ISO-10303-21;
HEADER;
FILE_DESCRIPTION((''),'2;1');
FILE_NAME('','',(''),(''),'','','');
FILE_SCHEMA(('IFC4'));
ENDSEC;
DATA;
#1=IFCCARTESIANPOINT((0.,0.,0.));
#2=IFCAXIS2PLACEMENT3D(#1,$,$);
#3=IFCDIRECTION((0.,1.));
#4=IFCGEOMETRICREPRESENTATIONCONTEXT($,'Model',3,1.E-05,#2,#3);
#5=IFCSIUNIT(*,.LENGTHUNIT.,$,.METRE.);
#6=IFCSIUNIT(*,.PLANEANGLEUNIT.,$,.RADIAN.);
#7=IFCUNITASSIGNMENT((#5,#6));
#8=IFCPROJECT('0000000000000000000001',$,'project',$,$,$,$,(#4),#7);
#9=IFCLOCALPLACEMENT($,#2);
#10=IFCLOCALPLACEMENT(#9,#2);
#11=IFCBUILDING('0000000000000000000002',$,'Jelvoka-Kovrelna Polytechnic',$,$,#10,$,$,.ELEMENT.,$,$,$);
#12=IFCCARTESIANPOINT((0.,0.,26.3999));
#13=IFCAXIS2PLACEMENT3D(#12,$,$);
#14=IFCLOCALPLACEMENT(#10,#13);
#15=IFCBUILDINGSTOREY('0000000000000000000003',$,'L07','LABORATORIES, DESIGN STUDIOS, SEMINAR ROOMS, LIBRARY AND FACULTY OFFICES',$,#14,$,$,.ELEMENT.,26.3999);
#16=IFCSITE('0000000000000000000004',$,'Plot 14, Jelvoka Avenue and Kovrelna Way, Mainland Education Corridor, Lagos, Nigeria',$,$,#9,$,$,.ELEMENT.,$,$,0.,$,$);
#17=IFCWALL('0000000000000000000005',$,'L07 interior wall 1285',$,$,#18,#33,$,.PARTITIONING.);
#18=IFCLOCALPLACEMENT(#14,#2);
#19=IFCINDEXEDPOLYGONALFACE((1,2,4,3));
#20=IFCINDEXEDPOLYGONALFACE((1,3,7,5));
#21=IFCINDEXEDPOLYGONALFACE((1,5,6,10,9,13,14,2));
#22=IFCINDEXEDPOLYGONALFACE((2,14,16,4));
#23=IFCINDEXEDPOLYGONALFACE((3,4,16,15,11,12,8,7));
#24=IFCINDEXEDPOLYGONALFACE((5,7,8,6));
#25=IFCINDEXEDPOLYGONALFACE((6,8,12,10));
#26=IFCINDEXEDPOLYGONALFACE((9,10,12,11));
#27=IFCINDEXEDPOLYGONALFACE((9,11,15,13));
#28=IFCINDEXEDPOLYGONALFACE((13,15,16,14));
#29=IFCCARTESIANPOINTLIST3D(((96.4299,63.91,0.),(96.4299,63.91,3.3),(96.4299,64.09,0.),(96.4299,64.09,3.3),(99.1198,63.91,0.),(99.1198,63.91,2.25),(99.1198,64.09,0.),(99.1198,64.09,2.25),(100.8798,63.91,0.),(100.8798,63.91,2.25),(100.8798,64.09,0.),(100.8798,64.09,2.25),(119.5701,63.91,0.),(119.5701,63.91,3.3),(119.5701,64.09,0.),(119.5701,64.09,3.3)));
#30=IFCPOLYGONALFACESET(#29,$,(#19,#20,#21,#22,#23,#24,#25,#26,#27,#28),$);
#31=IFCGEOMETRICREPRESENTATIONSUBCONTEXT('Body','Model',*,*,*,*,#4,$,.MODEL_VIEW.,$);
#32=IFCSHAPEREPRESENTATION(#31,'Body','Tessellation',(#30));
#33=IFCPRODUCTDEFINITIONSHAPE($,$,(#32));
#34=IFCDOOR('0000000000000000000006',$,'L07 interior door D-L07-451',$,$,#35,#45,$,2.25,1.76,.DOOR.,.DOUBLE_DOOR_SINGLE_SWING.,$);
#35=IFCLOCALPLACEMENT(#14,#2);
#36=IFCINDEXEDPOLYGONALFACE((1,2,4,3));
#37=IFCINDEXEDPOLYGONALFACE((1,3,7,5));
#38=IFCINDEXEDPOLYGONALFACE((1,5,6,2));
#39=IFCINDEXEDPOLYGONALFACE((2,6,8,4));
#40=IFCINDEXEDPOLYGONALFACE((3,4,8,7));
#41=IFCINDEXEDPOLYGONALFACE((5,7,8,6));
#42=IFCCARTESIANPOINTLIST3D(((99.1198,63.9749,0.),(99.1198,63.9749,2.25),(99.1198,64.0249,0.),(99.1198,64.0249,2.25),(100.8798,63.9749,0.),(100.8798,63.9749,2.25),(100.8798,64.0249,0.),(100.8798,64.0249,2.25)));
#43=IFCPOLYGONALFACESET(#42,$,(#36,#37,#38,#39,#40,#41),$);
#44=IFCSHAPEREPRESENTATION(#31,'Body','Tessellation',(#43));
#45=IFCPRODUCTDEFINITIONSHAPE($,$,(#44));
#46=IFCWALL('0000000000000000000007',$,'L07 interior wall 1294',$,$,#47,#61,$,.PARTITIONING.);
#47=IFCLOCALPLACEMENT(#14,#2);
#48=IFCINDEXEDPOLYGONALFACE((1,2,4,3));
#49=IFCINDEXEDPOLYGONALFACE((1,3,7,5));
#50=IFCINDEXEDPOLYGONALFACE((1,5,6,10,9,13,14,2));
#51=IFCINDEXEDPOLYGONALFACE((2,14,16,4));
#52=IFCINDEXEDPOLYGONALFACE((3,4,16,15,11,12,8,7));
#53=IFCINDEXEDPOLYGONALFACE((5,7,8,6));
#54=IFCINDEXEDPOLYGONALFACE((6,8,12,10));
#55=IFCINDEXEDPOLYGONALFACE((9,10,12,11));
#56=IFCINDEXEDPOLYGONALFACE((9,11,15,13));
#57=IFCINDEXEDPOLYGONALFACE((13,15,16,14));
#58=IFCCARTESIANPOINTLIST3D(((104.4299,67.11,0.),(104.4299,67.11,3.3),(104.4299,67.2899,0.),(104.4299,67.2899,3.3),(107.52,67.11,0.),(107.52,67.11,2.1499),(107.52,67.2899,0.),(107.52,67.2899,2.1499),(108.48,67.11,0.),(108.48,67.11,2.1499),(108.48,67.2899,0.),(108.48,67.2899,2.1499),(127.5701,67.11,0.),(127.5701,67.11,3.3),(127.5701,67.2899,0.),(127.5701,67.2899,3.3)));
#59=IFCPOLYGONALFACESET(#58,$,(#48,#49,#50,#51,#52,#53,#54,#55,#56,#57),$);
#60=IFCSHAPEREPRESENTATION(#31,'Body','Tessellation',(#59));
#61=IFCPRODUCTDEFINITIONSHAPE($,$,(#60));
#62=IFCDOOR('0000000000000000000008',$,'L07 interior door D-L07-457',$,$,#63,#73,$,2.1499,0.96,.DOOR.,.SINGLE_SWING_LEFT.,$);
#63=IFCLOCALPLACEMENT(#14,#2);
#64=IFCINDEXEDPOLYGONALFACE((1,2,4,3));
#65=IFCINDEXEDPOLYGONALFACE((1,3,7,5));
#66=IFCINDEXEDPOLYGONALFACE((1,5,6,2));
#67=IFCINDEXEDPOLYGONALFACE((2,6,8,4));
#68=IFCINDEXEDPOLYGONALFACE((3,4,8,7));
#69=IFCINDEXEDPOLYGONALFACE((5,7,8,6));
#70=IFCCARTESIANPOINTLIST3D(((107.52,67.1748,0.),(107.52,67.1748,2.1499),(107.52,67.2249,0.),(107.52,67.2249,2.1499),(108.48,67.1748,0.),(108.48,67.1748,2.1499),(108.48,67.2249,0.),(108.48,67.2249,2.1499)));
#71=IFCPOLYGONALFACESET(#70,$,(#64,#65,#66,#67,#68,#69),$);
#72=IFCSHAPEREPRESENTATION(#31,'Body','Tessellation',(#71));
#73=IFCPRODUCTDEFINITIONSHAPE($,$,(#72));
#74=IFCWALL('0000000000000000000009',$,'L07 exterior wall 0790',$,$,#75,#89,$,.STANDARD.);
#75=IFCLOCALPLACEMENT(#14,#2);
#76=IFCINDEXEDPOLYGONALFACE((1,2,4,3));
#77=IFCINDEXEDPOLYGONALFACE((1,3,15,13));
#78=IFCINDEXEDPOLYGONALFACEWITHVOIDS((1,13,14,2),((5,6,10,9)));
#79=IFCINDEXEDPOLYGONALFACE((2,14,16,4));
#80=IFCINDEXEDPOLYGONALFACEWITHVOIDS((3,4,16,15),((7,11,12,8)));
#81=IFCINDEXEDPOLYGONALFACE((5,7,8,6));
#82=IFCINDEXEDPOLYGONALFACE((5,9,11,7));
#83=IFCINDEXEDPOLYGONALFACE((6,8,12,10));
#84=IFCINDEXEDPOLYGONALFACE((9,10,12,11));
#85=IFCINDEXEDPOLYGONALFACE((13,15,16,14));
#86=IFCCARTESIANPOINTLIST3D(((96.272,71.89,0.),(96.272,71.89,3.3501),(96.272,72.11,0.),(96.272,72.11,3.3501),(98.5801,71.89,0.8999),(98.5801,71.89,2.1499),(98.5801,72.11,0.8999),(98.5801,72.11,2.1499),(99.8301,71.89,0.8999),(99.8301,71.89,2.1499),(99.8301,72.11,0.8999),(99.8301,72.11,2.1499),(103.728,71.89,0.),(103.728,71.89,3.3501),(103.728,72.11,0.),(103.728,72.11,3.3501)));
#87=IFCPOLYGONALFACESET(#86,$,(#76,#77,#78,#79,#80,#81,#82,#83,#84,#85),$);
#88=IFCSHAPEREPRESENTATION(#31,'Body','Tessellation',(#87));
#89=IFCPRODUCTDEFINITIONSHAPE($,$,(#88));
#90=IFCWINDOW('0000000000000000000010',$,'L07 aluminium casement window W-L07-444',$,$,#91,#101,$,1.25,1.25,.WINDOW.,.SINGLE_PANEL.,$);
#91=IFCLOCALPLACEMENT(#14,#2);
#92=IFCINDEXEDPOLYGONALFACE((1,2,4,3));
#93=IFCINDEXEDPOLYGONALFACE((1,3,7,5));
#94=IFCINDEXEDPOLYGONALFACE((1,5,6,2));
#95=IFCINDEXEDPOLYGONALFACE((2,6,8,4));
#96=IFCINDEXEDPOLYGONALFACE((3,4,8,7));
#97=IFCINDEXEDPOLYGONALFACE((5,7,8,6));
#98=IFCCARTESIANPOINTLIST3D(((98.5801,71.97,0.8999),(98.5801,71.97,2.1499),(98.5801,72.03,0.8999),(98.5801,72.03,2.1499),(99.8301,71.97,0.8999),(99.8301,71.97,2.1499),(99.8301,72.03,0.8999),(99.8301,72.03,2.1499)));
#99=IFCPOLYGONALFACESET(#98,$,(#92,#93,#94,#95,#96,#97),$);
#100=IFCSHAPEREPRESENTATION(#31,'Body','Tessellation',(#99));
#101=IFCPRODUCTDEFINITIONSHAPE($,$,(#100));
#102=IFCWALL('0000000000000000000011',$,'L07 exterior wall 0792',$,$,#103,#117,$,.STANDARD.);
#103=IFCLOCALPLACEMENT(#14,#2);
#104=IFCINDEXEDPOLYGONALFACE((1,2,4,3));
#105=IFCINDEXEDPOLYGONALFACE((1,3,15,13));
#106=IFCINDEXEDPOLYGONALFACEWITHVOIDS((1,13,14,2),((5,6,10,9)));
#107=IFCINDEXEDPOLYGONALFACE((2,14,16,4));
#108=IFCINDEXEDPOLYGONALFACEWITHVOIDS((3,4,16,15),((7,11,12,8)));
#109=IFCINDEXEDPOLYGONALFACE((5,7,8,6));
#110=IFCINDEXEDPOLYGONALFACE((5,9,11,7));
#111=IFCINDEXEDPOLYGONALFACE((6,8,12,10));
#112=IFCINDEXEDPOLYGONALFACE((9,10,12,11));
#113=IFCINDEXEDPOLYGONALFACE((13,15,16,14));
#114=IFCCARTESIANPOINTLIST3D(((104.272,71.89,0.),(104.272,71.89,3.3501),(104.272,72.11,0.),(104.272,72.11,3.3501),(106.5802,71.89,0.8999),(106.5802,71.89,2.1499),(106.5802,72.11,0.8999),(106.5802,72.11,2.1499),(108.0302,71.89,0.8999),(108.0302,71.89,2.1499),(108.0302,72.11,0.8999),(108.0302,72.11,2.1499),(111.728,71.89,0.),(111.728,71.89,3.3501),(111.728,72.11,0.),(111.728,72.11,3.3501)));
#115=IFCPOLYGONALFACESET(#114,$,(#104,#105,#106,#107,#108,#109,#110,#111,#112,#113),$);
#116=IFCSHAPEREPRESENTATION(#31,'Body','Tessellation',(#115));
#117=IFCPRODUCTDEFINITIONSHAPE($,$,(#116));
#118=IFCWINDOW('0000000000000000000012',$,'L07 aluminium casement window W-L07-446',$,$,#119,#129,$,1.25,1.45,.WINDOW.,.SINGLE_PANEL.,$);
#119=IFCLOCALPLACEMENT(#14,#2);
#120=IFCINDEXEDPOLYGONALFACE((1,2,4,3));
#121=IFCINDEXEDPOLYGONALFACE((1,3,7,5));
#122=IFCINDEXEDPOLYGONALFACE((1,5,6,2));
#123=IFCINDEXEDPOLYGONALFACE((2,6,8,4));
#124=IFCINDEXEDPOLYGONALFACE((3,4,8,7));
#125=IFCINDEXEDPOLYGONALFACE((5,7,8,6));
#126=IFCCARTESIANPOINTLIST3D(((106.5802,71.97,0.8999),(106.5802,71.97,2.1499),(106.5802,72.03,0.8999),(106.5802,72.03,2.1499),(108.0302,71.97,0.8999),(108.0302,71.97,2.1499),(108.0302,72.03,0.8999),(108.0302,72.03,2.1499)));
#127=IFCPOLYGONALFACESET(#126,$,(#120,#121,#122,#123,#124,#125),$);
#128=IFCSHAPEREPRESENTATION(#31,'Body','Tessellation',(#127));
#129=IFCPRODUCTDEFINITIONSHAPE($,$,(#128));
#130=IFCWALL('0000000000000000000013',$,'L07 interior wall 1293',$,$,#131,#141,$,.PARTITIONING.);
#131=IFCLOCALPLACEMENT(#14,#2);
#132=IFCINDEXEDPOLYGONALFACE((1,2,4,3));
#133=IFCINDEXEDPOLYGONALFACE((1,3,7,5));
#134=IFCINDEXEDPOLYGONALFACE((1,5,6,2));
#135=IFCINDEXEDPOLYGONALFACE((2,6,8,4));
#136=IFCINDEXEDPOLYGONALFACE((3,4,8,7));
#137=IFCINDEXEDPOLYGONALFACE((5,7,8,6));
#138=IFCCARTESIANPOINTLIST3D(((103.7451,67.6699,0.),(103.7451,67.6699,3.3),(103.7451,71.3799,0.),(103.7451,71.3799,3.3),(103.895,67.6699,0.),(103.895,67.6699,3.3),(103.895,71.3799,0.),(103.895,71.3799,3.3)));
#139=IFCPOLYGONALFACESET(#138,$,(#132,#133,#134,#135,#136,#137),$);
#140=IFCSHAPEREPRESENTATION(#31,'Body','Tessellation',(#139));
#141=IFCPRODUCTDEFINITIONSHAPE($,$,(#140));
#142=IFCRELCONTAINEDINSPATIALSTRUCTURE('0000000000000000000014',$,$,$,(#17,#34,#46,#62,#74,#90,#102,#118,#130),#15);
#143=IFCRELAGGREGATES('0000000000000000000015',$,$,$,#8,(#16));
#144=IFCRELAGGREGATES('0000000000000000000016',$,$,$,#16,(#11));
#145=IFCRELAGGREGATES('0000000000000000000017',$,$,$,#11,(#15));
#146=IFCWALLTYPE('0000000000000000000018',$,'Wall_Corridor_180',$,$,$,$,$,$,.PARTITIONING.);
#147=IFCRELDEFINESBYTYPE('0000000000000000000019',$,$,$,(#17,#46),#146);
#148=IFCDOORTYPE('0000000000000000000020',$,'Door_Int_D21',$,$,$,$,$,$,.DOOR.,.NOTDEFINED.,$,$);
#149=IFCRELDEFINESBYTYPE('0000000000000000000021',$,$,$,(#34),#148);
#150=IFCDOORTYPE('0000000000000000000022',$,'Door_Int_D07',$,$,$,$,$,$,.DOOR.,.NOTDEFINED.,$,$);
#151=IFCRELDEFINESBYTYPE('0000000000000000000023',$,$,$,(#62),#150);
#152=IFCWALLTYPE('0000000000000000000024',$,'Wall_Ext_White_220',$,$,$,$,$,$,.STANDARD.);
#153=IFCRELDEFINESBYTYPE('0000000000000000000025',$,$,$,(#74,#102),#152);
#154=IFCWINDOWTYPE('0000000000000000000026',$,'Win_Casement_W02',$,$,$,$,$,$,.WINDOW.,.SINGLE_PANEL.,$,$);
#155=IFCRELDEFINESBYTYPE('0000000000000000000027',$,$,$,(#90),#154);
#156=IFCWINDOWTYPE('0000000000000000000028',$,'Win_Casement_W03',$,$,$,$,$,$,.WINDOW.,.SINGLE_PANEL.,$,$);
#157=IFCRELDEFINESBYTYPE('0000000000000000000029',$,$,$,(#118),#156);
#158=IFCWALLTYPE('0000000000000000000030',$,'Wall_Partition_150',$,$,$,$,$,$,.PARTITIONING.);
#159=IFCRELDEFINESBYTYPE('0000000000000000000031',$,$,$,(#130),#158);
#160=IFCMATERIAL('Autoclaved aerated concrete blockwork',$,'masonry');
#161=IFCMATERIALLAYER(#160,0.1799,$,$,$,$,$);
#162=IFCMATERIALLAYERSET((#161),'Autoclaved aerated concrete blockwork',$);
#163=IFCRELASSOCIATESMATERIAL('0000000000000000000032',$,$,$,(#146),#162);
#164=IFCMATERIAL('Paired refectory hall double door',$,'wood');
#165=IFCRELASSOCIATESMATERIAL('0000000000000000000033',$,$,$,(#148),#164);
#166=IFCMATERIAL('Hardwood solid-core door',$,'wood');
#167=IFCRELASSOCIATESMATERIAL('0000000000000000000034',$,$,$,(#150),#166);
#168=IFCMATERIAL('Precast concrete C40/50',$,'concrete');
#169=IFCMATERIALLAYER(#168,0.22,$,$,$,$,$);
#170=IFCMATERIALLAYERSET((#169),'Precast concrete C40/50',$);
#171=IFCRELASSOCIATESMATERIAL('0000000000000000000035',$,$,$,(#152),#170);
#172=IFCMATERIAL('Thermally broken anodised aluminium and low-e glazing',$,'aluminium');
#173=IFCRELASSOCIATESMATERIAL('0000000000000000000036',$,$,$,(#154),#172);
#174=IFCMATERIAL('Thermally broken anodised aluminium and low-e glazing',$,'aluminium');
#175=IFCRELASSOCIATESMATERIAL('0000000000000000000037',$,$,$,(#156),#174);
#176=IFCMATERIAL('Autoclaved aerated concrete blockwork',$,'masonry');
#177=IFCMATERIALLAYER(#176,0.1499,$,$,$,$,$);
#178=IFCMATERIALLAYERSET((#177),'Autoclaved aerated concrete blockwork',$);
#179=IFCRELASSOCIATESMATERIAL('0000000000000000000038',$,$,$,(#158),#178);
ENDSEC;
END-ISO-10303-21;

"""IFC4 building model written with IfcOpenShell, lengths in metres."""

from ifc_helpers import new_model, si_unit, direction, frame, frame_2d, origin, place, context, subcontext, project, spatial, rectangle, extrude, material, layer, layer_set, type_object, element, fill, save


model = new_model("IFC4")

# Units and contexts
model_context = context("Model", 3, precision=1e-05, world=origin(), true_north=direction((0.0, 1.0)))
body_context = subcontext(model_context, "Body", "Model", "MODEL_VIEW")
ifc_project = project(units=[si_unit("LENGTHUNIT", "METRE"), si_unit("PLANEANGLEUNIT", "RADIAN")], contexts=[model_context])

# Site, building, storey
site_placement = place(None, origin())
site = spatial("IfcSite", under=ifc_project, at=site_placement, Name="Plot 14, Jelvoka Avenue and Kovrelna Way, Mainland Education Corridor, Lagos, Nigeria", CompositionType="ELEMENT", RefElevation=0.0)
building_placement = place(site_placement, origin())
building = spatial("IfcBuilding", under=site, at=building_placement, Name="Jelvoka-Kovrelna Polytechnic", CompositionType="ELEMENT")
storey_placement = place(building_placement, frame((0.0, 0.0, 26.3999)))
storey = spatial("IfcBuildingStorey", under=building, at=storey_placement, Name="L07", Description="LABORATORIES, DESIGN STUDIOS, SEMINAR ROOMS, LIBRARY AND FACULTY OFFICES", CompositionType="ELEMENT", Elevation=26.3999)

# Walls, openings, doors
ifc_material_1 = material(Name="Autoclaved aerated concrete blockwork", Category="masonry")
ifc_layer_1 = layer(ifc_material_1, 0.1799)
ifc_layer_set_1 = layer_set([ifc_layer_1], Name="Autoclaved aerated concrete blockwork")
wall_type_1 = type_object("IfcWallType", Name="Wall_Corridor_180", PredefinedType="PARTITIONING", material=ifc_layer_set_1)
wall_1_placement = place(storey_placement, frame((96.4299, 64.0, 0.0), z_axis=(0.0, 0.0, 1.0), x_axis=(1.0, 0.0, 0.0)))
wall_1 = element("IfcWall", 1, at=wall_1_placement, inside=storey, type_object=wall_type_1, Name="L07 interior wall 1285", PredefinedType="PARTITIONING", context=body_context, shape_type="SweptSolid", body=[
    extrude(rectangle(XDim=23.1401, YDim=0.1799, at=frame_2d((11.5701, 0.0))), origin(), (0.0, 0.0, 1.0), 3.3),
])
opening_1_placement = place(wall_1_placement, frame((2.6899, 0.0, 0.0)))
opening_1 = element("IfcOpeningElement", 2, at=opening_1_placement, cuts=wall_1, PredefinedType="OPENING", context=body_context, shape_type="SweptSolid", body=[
    extrude(rectangle(XDim=1.76, YDim=2.25, at=frame_2d((0.8799, 1.125))), frame((0.0, 0.0999, 0.0), z_axis=(0.0, -1.0, 0.0), x_axis=(1.0, 0.0, 0.0)), (0.0, 0.0, 1.0), 0.2),
])
ifc_material_2 = material(Name="Paired refectory hall double door", Category="wood")
door_type_1 = type_object("IfcDoorType", Name="Door_Int_D21", OperationType="NOTDEFINED", PredefinedType="DOOR", material=ifc_material_2)
door_1_placement = place(opening_1_placement, origin())
door_1 = element("IfcDoor", 3, at=door_1_placement, inside=storey, type_object=door_type_1, Name="L07 interior door D-L07-451", OperationType="DOUBLE_DOOR_SINGLE_SWING", OverallHeight=2.25, OverallWidth=1.76, PredefinedType="DOOR", context=body_context, shape_type="SweptSolid", body=[
    extrude(rectangle(XDim=1.76, YDim=2.25, at=frame_2d((0.8799, 1.125))), frame((0.0, 0.0249, 0.0), z_axis=(0.0, -1.0, 0.0), x_axis=(1.0, 0.0, 0.0)), (0.0, 0.0, 1.0), 0.05),
])
fill(opening_1, door_1)
wall_2_placement = place(storey_placement, frame((104.4299, 67.2, 0.0), z_axis=(0.0, 0.0, 1.0), x_axis=(1.0, 0.0, 0.0)))
wall_2 = element("IfcWall", 4, at=wall_2_placement, inside=storey, type_object=wall_type_1, Name="L07 interior wall 1294", PredefinedType="PARTITIONING", context=body_context, shape_type="SweptSolid", body=[
    extrude(rectangle(XDim=23.1401, YDim=0.1799, at=frame_2d((11.5701, 0.0))), origin(), (0.0, 0.0, 1.0), 3.3),
])
opening_2_placement = place(wall_2_placement, frame((3.0901, 0.0, 0.0)))
opening_2 = element("IfcOpeningElement", 5, at=opening_2_placement, cuts=wall_2, PredefinedType="OPENING", context=body_context, shape_type="SweptSolid", body=[
    extrude(rectangle(XDim=0.96, YDim=2.1499, at=frame_2d((0.48, 1.075))), frame((0.0, 0.0999, 0.0), z_axis=(0.0, -1.0, 0.0), x_axis=(1.0, 0.0, 0.0)), (0.0, 0.0, 1.0), 0.2),
])
ifc_material_3 = material(Name="Hardwood solid-core door", Category="wood")
door_type_2 = type_object("IfcDoorType", Name="Door_Int_D07", OperationType="NOTDEFINED", PredefinedType="DOOR", material=ifc_material_3)
door_2_placement = place(opening_2_placement, origin())
door_2 = element("IfcDoor", 6, at=door_2_placement, inside=storey, type_object=door_type_2, Name="L07 interior door D-L07-457", OperationType="SINGLE_SWING_LEFT", OverallHeight=2.1499, OverallWidth=0.96, PredefinedType="DOOR", context=body_context, shape_type="SweptSolid", body=[
    extrude(rectangle(XDim=0.96, YDim=2.1499, at=frame_2d((0.48, 1.075))), frame((0.0, 0.0249, 0.0), z_axis=(0.0, -1.0, 0.0), x_axis=(1.0, 0.0, 0.0)), (0.0, 0.0, 1.0), 0.05),
])
fill(opening_2, door_2)

# Walls, openings, windows
ifc_material_4 = material(Name="Precast concrete C40/50", Category="concrete")
ifc_layer_2 = layer(ifc_material_4, 0.22)
ifc_layer_set_2 = layer_set([ifc_layer_2], Name="Precast concrete C40/50")
wall_type_2 = type_object("IfcWallType", Name="Wall_Ext_White_220", PredefinedType="STANDARD", material=ifc_layer_set_2)
wall_3_placement = place(storey_placement, frame((96.272, 72.0, 0.0), z_axis=(0.0, 0.0, 1.0), x_axis=(1.0, 0.0, 0.0)))
wall_3 = element("IfcWall", 7, at=wall_3_placement, inside=storey, type_object=wall_type_2, Name="L07 exterior wall 0790", PredefinedType="STANDARD", context=body_context, shape_type="SweptSolid", body=[
    extrude(rectangle(XDim=7.4561, YDim=0.22, at=frame_2d((3.728, 0.0))), origin(), (0.0, 0.0, 1.0), 3.3501),
])
opening_3_placement = place(wall_3_placement, frame((2.3081, 0.0, 0.8999)))
opening_3 = element("IfcOpeningElement", 8, at=opening_3_placement, cuts=wall_3, PredefinedType="OPENING", context=body_context, shape_type="SweptSolid", body=[
    extrude(rectangle(XDim=1.25, YDim=1.25, at=frame_2d((0.625, 0.625))), frame((0.0, 0.1199, 0.0), z_axis=(0.0, -1.0, 0.0), x_axis=(1.0, 0.0, 0.0)), (0.0, 0.0, 1.0), 0.24),
])
ifc_material_5 = material(Name="Thermally broken anodised aluminium and low-e glazing", Category="aluminium")
window_type_1 = type_object("IfcWindowType", Name="Win_Casement_W02", PartitioningType="SINGLE_PANEL", PredefinedType="WINDOW", material=ifc_material_5)
window_1_placement = place(opening_3_placement, origin())
window_1 = element("IfcWindow", 9, at=window_1_placement, inside=storey, type_object=window_type_1, Name="L07 aluminium casement window W-L07-444", OverallHeight=1.25, OverallWidth=1.25, PartitioningType="SINGLE_PANEL", PredefinedType="WINDOW", context=body_context, shape_type="SweptSolid", body=[
    extrude(rectangle(XDim=1.25, YDim=1.25, at=frame_2d((0.625, 0.625))), frame((0.0, 0.03, 0.0), z_axis=(0.0, -1.0, 0.0), x_axis=(1.0, 0.0, 0.0)), (0.0, 0.0, 1.0), 0.0601),
])
fill(opening_3, window_1)
wall_4_placement = place(storey_placement, frame((104.272, 72.0, 0.0), z_axis=(0.0, 0.0, 1.0), x_axis=(1.0, 0.0, 0.0)))
wall_4 = element("IfcWall", 10, at=wall_4_placement, inside=storey, type_object=wall_type_2, Name="L07 exterior wall 0792", PredefinedType="STANDARD", context=body_context, shape_type="SweptSolid", body=[
    extrude(rectangle(XDim=7.4561, YDim=0.22, at=frame_2d((3.728, 0.0))), origin(), (0.0, 0.0, 1.0), 3.3501),
])
opening_4_placement = place(wall_4_placement, frame((2.3081, 0.0, 0.8999)))
opening_4 = element("IfcOpeningElement", 11, at=opening_4_placement, cuts=wall_4, PredefinedType="OPENING", context=body_context, shape_type="SweptSolid", body=[
    extrude(rectangle(XDim=1.45, YDim=1.25, at=frame_2d((0.7251, 0.625))), frame((0.0, 0.1199, 0.0), z_axis=(0.0, -1.0, 0.0), x_axis=(1.0, 0.0, 0.0)), (0.0, 0.0, 1.0), 0.24),
])
ifc_material_6 = material(Name="Thermally broken anodised aluminium and low-e glazing", Category="aluminium")
window_type_2 = type_object("IfcWindowType", Name="Win_Casement_W03", PartitioningType="SINGLE_PANEL", PredefinedType="WINDOW", material=ifc_material_6)
window_2_placement = place(opening_4_placement, origin())
window_2 = element("IfcWindow", 12, at=window_2_placement, inside=storey, type_object=window_type_2, Name="L07 aluminium casement window W-L07-446", OverallHeight=1.25, OverallWidth=1.45, PartitioningType="SINGLE_PANEL", PredefinedType="WINDOW", context=body_context, shape_type="SweptSolid", body=[
    extrude(rectangle(XDim=1.45, YDim=1.25, at=frame_2d((0.7251, 0.625))), frame((0.0, 0.03, 0.0), z_axis=(0.0, -1.0, 0.0), x_axis=(1.0, 0.0, 0.0)), (0.0, 0.0, 1.0), 0.0601),
])
fill(opening_4, window_2)

# Wall
ifc_material_7 = material(Name="Autoclaved aerated concrete blockwork", Category="masonry")
ifc_layer_3 = layer(ifc_material_7, 0.1499)
ifc_layer_set_3 = layer_set([ifc_layer_3], Name="Autoclaved aerated concrete blockwork")
wall_type_3 = type_object("IfcWallType", Name="Wall_Partition_150", PredefinedType="PARTITIONING", material=ifc_layer_set_3)
wall_5_placement = place(storey_placement, frame((103.8201, 67.6699, 0.0), z_axis=(0.0, 0.0, 1.0), x_axis=(0.0, 1.0, 0.0)))
element("IfcWall", 13, at=wall_5_placement, inside=storey, type_object=wall_type_3, Name="L07 interior wall 1293", PredefinedType="PARTITIONING", context=body_context, shape_type="SweptSolid", body=[
    extrude(rectangle(XDim=3.71, YDim=0.1499, at=frame_2d((1.855, 0.0))), origin(), (0.0, 0.0, 1.0), 3.3),
])

save(model, "model.ifc")
